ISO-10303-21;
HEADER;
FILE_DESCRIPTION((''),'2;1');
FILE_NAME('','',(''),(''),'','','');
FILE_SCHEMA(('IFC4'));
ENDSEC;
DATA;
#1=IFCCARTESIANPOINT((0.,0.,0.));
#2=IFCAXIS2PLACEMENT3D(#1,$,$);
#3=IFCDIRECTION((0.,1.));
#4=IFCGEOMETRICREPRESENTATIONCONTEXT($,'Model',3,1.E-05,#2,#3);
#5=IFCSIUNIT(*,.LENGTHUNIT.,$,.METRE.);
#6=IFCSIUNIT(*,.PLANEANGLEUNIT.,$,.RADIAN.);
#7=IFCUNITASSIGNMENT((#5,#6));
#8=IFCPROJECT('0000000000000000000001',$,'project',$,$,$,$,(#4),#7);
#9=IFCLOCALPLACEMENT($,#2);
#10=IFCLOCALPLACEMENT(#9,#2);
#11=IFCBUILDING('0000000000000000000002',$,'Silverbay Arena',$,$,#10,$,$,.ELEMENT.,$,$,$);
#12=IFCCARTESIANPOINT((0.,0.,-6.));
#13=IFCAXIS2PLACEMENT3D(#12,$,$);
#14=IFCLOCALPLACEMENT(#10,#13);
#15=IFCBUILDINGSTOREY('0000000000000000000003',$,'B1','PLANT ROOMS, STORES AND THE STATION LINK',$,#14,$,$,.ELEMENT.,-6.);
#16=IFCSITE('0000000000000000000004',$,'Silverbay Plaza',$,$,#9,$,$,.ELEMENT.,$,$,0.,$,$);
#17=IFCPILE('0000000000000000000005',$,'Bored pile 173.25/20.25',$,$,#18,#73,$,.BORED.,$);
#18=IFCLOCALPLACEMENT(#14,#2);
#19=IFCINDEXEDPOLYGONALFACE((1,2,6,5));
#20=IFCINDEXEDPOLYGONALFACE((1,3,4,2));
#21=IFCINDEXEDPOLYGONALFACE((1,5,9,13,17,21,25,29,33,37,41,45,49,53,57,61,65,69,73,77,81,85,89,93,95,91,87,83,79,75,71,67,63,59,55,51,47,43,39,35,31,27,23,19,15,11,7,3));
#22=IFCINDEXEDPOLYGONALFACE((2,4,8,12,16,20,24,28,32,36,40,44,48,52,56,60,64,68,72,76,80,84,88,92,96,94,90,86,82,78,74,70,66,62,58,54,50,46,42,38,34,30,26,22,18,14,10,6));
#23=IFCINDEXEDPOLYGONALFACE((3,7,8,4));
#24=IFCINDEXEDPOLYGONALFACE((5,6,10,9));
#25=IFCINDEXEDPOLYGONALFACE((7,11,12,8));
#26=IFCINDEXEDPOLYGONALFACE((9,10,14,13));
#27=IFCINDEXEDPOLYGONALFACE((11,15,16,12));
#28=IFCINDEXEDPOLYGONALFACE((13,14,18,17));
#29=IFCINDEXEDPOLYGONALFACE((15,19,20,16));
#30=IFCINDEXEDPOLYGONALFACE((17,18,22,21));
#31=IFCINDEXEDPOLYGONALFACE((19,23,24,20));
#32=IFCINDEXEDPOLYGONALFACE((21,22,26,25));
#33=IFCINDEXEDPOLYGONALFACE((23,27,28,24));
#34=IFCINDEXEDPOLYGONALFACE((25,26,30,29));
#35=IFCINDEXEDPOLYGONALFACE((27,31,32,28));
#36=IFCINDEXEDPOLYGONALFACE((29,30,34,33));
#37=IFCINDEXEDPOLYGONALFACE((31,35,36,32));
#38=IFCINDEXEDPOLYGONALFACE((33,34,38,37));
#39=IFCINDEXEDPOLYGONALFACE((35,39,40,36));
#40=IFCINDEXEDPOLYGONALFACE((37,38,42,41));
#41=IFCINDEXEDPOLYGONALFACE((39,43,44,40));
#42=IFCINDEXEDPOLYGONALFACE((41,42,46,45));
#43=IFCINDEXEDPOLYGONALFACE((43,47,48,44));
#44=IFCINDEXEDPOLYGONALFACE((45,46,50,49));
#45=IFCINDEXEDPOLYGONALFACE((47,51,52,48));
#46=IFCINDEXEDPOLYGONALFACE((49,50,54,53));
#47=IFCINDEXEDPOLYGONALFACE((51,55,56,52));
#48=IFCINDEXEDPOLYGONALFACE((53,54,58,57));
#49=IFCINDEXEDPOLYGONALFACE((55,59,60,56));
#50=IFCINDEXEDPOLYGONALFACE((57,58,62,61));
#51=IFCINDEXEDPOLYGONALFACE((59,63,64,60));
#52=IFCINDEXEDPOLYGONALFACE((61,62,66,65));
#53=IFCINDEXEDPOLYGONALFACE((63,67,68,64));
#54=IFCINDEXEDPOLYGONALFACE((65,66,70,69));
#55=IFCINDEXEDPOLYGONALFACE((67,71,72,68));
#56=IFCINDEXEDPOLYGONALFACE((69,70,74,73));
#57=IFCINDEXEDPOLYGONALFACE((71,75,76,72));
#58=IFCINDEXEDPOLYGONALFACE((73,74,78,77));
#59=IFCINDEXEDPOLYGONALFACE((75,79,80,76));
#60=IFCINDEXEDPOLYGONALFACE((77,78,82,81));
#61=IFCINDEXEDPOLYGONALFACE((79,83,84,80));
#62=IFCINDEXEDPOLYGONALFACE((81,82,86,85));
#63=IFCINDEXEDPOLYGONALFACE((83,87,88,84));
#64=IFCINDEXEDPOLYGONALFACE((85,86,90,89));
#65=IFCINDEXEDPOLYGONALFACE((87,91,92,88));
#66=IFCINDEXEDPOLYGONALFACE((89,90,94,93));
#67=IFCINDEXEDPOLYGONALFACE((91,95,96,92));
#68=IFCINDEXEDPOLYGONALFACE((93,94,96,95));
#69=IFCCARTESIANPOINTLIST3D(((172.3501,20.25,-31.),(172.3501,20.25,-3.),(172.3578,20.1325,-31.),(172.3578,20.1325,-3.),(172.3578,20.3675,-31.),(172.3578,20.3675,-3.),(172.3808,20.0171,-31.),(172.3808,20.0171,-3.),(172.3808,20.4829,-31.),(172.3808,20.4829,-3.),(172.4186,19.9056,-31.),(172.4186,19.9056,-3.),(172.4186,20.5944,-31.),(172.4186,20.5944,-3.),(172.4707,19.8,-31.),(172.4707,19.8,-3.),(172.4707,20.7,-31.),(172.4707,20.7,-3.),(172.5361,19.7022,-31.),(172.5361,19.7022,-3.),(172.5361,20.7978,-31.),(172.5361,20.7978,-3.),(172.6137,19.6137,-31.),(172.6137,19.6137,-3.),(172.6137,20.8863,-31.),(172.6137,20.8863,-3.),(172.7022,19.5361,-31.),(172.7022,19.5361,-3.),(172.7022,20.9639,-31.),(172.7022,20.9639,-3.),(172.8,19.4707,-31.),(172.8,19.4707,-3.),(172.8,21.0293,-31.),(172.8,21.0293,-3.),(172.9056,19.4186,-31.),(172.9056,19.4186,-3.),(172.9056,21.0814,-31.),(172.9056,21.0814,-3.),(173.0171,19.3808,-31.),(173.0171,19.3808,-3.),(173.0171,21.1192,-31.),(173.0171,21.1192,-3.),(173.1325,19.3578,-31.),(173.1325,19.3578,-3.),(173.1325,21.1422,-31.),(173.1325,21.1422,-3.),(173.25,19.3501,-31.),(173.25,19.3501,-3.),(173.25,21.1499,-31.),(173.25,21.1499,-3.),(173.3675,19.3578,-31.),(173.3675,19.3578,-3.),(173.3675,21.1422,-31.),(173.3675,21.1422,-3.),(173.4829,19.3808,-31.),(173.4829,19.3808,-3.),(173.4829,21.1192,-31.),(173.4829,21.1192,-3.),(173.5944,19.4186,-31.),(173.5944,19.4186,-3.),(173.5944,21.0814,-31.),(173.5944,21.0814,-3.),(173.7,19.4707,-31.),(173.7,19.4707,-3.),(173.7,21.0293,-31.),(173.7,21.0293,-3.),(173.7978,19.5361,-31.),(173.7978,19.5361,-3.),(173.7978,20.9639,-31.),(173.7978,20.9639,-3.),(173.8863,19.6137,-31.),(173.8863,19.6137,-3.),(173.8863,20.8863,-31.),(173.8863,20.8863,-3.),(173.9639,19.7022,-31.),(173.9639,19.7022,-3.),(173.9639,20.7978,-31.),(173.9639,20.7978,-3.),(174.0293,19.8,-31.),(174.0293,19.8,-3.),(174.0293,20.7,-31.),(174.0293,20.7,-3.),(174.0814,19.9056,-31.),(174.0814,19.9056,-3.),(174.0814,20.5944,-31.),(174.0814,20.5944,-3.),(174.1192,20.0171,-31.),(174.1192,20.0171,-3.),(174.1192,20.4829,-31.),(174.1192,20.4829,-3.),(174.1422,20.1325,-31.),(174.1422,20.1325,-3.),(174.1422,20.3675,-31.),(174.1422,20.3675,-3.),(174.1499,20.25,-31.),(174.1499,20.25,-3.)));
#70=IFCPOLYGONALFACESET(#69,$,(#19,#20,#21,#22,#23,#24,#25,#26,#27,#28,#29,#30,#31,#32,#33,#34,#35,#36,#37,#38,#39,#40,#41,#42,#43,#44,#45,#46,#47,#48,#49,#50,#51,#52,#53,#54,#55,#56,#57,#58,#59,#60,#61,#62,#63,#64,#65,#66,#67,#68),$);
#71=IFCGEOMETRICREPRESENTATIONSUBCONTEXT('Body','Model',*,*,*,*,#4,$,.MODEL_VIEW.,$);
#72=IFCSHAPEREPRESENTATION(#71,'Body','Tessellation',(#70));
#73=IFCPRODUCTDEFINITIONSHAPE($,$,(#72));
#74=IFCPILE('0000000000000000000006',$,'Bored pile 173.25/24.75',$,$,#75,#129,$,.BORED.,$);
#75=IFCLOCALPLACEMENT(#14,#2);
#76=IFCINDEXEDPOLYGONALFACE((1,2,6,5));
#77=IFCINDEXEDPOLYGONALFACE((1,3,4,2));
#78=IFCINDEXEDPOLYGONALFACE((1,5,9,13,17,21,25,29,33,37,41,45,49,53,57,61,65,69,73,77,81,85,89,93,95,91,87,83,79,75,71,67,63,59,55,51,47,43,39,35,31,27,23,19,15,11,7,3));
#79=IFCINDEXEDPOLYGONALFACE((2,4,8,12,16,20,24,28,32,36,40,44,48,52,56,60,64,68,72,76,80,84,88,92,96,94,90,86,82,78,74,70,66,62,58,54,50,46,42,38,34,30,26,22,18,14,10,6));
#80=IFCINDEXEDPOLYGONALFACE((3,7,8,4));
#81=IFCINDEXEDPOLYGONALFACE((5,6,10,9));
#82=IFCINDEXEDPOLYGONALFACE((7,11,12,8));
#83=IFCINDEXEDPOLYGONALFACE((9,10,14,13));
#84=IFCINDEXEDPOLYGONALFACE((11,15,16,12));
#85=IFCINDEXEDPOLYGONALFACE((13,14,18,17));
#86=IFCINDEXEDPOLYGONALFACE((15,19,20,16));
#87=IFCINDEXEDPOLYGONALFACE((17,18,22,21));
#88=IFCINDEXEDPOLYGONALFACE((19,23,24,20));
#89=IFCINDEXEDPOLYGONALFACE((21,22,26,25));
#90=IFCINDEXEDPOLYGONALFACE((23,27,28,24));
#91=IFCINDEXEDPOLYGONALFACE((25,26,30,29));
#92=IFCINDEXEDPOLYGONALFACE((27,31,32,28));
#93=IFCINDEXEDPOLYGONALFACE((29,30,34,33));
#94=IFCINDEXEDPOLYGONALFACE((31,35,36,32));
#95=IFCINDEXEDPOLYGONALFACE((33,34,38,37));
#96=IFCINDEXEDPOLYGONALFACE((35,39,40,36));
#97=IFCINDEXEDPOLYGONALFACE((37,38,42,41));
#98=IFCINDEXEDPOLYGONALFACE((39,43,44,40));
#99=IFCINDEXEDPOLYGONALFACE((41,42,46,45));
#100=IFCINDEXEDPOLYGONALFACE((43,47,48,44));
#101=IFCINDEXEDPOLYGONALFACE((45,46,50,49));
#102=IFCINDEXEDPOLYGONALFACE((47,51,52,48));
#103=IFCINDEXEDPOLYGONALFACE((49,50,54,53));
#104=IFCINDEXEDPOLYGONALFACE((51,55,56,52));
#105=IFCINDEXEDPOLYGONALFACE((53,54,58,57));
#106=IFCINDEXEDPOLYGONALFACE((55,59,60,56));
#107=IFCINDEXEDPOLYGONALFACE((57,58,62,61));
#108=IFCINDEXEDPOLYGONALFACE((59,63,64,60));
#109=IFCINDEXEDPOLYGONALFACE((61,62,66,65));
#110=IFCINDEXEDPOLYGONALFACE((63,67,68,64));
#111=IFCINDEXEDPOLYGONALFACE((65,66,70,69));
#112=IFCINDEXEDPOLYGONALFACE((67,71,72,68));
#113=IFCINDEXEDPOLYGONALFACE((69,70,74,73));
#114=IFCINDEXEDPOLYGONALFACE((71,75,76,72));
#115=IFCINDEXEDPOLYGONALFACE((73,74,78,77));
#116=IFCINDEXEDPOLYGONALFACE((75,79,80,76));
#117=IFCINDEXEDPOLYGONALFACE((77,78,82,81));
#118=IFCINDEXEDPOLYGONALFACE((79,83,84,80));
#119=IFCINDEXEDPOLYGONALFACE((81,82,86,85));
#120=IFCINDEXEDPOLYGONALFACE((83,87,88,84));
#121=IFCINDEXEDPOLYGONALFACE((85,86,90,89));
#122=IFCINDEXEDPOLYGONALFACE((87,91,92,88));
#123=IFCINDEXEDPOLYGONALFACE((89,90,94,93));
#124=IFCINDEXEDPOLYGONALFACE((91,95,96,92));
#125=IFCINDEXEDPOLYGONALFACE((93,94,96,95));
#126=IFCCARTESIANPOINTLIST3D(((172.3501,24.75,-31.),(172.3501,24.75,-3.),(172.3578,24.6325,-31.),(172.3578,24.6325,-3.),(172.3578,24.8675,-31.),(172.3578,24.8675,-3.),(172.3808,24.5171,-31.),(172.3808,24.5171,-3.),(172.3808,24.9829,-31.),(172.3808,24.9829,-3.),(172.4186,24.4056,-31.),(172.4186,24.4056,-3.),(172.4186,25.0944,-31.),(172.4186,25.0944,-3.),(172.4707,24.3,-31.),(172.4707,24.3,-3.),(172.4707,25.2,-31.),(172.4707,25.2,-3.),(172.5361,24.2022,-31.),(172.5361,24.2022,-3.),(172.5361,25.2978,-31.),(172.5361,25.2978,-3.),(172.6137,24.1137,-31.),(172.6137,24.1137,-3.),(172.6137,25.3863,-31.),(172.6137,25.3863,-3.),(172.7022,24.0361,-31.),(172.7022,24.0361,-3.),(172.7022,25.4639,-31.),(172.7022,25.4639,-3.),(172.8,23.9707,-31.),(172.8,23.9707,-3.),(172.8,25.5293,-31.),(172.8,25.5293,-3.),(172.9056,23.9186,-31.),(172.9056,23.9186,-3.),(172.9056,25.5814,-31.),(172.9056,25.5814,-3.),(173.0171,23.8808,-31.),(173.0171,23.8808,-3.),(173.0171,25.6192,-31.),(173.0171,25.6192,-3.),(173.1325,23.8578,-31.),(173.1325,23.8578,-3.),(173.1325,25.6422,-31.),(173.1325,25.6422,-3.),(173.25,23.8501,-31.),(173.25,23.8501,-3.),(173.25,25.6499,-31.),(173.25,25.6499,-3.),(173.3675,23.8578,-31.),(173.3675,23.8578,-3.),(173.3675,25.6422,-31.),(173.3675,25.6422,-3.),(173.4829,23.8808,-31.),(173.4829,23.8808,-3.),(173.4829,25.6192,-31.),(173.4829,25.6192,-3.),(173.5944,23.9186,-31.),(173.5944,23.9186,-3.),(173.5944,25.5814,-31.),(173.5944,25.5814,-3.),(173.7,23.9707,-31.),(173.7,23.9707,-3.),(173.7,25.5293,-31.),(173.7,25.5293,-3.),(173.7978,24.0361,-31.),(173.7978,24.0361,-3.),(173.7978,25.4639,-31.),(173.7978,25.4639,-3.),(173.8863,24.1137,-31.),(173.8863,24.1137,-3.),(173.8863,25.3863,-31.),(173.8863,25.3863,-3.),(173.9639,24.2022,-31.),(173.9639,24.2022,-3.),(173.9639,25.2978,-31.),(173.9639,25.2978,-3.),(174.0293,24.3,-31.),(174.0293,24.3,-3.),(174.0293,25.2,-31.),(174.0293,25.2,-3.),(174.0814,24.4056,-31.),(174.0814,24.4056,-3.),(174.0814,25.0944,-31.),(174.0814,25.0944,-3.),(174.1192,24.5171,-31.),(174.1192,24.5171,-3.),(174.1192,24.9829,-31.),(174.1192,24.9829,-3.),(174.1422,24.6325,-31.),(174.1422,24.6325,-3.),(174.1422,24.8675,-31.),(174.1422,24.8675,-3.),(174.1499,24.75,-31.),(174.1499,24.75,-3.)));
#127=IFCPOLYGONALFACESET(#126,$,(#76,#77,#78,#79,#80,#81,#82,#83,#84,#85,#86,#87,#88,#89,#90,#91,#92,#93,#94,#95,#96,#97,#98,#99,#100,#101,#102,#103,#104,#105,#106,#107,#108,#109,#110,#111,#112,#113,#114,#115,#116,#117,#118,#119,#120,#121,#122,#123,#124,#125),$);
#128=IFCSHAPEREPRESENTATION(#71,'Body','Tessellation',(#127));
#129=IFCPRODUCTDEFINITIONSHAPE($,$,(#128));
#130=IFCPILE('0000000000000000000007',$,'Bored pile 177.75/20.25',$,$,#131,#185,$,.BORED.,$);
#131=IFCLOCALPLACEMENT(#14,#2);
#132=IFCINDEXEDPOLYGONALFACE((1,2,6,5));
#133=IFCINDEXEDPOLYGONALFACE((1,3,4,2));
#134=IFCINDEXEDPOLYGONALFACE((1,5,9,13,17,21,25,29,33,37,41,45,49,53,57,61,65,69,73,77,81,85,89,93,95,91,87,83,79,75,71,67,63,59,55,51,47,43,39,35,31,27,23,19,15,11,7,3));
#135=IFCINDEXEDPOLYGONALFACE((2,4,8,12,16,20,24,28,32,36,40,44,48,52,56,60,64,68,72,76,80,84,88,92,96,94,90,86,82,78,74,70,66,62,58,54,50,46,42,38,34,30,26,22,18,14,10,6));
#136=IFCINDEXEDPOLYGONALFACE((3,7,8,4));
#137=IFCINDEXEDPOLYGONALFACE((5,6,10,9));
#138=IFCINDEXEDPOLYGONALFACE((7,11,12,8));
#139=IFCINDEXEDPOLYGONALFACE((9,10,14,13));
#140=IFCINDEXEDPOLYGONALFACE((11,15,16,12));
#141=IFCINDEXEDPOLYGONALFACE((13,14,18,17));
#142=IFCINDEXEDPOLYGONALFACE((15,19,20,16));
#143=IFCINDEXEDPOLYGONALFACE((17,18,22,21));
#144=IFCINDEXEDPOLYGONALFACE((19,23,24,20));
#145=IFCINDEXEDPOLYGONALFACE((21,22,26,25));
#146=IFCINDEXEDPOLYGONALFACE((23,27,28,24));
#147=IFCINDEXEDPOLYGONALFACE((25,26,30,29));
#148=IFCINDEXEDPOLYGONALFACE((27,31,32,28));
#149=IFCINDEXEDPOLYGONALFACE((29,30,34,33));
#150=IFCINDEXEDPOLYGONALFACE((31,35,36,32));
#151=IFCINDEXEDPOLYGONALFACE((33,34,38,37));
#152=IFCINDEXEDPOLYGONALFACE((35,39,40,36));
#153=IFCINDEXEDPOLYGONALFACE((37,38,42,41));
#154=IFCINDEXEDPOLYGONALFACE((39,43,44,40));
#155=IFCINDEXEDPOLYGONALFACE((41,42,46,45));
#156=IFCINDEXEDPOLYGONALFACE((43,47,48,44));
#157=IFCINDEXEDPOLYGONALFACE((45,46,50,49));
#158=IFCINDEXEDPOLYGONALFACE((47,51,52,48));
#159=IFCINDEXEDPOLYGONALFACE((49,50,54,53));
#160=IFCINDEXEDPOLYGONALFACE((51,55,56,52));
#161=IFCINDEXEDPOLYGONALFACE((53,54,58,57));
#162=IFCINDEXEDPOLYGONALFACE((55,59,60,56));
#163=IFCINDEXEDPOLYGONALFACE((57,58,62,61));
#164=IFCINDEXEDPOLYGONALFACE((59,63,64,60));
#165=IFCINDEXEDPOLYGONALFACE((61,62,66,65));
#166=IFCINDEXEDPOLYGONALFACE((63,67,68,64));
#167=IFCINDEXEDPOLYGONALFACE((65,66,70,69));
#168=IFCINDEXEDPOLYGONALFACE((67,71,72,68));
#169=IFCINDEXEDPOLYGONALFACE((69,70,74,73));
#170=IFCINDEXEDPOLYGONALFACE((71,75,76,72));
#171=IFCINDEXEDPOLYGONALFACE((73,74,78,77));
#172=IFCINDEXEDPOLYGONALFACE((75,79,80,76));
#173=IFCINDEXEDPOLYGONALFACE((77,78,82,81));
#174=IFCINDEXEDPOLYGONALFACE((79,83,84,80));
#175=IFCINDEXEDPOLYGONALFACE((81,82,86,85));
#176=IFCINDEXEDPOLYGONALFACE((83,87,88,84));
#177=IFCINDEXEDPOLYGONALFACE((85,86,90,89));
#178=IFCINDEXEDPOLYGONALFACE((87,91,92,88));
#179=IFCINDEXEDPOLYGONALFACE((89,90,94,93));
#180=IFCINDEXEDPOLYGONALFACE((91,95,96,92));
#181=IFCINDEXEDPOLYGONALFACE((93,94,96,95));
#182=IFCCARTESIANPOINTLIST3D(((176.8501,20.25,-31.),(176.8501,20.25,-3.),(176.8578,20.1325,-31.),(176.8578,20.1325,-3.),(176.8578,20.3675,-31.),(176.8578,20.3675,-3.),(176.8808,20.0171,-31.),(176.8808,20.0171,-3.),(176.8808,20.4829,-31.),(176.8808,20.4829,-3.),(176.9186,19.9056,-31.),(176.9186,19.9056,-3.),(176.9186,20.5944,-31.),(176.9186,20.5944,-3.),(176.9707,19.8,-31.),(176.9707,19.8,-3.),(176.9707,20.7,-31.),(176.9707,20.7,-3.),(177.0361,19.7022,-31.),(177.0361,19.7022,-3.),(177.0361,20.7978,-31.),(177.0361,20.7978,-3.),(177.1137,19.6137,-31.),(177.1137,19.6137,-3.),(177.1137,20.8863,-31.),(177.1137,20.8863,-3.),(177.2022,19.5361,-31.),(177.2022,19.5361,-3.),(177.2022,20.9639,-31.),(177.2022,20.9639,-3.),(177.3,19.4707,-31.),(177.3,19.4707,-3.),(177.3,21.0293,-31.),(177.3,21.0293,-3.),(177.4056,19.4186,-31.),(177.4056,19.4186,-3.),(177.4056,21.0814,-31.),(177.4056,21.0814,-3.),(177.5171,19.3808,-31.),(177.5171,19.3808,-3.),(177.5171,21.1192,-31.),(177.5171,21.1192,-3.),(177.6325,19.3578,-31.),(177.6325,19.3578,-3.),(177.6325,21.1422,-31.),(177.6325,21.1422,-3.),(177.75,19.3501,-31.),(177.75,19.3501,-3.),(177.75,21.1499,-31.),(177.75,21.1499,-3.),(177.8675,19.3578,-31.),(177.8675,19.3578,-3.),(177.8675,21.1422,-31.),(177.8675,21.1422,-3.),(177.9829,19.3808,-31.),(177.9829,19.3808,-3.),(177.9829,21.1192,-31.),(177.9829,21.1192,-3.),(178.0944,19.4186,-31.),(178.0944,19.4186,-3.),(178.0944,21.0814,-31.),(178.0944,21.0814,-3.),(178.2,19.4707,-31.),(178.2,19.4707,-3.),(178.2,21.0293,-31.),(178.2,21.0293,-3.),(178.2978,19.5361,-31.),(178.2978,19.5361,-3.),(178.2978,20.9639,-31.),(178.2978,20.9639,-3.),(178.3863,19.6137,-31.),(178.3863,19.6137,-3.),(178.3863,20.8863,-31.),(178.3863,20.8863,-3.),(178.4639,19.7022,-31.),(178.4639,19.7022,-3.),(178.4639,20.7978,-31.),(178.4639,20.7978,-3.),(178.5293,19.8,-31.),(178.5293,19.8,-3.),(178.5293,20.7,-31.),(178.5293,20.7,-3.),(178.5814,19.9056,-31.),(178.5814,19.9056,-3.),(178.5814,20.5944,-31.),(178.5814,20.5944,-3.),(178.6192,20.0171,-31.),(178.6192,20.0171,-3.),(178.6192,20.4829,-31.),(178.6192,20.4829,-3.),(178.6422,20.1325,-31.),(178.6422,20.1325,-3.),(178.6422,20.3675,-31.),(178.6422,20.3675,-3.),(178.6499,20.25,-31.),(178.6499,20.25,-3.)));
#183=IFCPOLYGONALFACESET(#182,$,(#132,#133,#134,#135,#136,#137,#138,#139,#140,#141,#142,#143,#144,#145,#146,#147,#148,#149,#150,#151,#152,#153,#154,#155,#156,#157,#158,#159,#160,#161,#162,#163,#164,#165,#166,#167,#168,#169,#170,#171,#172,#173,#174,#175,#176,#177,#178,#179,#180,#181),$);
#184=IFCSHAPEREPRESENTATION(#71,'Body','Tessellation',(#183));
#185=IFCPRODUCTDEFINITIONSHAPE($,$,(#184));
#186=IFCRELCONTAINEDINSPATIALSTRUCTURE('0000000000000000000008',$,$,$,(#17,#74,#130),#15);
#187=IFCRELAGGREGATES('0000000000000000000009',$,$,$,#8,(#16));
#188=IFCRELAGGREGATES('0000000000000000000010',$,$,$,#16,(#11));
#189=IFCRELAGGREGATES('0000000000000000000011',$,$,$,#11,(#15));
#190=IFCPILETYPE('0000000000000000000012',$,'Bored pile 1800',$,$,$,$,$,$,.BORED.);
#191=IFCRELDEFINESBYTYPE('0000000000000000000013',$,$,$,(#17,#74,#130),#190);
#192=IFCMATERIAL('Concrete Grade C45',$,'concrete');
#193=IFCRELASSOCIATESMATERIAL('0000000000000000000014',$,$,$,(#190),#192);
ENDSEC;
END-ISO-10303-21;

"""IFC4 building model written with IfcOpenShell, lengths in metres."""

from ifc_helpers import new_model, si_unit, direction, frame, origin, origin_2d, place, context, subcontext, project, spatial, circle, extrude, material, material_profile, profile_set, type_object, element, save


model = new_model("IFC4")

# Units and contexts
model_context = context("Model", 3, precision=1e-05, world=origin(), true_north=direction((0.0, 1.0)))
body_context = subcontext(model_context, "Body", "Model", "MODEL_VIEW")
ifc_project = project(units=[si_unit("LENGTHUNIT", "METRE"), si_unit("PLANEANGLEUNIT", "RADIAN")], contexts=[model_context])

# Site, building, storey
site_placement = place(None, origin())
site = spatial("IfcSite", under=ifc_project, at=site_placement, Name="Silverbay Plaza", CompositionType="ELEMENT", RefElevation=0.0)
building_placement = place(site_placement, origin())
building = spatial("IfcBuilding", under=site, at=building_placement, Name="Silverbay Arena", CompositionType="ELEMENT")
storey_placement = place(building_placement, frame((0.0, 0.0, -6.0)))
storey = spatial("IfcBuildingStorey", under=building, at=storey_placement, Name="B1", Description="PLANT ROOMS, STORES AND THE STATION LINK", CompositionType="ELEMENT", Elevation=-6.0)

# Piles
ifc_material_1 = material(Name="Concrete Grade C45", Category="concrete")
ifc_material_profile = material_profile(ifc_material_1, circle(Radius=0.8999, at=origin_2d()), Name="Bored pile 1800")
ifc_profile_set = profile_set([ifc_material_profile], Name="Concrete Grade C45")
pile_type = type_object("IfcPileType", Name="Bored pile 1800", PredefinedType="BORED", material=ifc_profile_set)
for number, where, z_axis, x_axis, name in (
    (1, (173.25, 20.25, -3.0), (0.0, 0.0, -1.0), (1.0, 0.0, 0.0), "Bored pile 173.25/20.25"),
    (2, (173.25, 24.75, -3.0), (0.0, 0.0, -1.0), (1.0, 0.0, 0.0), "Bored pile 173.25/24.75"),
    (3, (177.75, 20.25, -3.0), (0.0, 0.0, -1.0), (1.0, 0.0, 0.0), "Bored pile 177.75/20.25"),
):
    element("IfcPile", number, at=place(storey_placement, frame(where, z_axis=z_axis, x_axis=x_axis)), inside=storey, type_object=pile_type, Name=name, PredefinedType="BORED", context=body_context, shape_type="SweptSolid", body=[
        extrude(circle(Radius=0.8999, at=origin_2d()), origin(), (0.0, 0.0, 1.0), 28.0),
    ])

save(model, "model.ifc")
